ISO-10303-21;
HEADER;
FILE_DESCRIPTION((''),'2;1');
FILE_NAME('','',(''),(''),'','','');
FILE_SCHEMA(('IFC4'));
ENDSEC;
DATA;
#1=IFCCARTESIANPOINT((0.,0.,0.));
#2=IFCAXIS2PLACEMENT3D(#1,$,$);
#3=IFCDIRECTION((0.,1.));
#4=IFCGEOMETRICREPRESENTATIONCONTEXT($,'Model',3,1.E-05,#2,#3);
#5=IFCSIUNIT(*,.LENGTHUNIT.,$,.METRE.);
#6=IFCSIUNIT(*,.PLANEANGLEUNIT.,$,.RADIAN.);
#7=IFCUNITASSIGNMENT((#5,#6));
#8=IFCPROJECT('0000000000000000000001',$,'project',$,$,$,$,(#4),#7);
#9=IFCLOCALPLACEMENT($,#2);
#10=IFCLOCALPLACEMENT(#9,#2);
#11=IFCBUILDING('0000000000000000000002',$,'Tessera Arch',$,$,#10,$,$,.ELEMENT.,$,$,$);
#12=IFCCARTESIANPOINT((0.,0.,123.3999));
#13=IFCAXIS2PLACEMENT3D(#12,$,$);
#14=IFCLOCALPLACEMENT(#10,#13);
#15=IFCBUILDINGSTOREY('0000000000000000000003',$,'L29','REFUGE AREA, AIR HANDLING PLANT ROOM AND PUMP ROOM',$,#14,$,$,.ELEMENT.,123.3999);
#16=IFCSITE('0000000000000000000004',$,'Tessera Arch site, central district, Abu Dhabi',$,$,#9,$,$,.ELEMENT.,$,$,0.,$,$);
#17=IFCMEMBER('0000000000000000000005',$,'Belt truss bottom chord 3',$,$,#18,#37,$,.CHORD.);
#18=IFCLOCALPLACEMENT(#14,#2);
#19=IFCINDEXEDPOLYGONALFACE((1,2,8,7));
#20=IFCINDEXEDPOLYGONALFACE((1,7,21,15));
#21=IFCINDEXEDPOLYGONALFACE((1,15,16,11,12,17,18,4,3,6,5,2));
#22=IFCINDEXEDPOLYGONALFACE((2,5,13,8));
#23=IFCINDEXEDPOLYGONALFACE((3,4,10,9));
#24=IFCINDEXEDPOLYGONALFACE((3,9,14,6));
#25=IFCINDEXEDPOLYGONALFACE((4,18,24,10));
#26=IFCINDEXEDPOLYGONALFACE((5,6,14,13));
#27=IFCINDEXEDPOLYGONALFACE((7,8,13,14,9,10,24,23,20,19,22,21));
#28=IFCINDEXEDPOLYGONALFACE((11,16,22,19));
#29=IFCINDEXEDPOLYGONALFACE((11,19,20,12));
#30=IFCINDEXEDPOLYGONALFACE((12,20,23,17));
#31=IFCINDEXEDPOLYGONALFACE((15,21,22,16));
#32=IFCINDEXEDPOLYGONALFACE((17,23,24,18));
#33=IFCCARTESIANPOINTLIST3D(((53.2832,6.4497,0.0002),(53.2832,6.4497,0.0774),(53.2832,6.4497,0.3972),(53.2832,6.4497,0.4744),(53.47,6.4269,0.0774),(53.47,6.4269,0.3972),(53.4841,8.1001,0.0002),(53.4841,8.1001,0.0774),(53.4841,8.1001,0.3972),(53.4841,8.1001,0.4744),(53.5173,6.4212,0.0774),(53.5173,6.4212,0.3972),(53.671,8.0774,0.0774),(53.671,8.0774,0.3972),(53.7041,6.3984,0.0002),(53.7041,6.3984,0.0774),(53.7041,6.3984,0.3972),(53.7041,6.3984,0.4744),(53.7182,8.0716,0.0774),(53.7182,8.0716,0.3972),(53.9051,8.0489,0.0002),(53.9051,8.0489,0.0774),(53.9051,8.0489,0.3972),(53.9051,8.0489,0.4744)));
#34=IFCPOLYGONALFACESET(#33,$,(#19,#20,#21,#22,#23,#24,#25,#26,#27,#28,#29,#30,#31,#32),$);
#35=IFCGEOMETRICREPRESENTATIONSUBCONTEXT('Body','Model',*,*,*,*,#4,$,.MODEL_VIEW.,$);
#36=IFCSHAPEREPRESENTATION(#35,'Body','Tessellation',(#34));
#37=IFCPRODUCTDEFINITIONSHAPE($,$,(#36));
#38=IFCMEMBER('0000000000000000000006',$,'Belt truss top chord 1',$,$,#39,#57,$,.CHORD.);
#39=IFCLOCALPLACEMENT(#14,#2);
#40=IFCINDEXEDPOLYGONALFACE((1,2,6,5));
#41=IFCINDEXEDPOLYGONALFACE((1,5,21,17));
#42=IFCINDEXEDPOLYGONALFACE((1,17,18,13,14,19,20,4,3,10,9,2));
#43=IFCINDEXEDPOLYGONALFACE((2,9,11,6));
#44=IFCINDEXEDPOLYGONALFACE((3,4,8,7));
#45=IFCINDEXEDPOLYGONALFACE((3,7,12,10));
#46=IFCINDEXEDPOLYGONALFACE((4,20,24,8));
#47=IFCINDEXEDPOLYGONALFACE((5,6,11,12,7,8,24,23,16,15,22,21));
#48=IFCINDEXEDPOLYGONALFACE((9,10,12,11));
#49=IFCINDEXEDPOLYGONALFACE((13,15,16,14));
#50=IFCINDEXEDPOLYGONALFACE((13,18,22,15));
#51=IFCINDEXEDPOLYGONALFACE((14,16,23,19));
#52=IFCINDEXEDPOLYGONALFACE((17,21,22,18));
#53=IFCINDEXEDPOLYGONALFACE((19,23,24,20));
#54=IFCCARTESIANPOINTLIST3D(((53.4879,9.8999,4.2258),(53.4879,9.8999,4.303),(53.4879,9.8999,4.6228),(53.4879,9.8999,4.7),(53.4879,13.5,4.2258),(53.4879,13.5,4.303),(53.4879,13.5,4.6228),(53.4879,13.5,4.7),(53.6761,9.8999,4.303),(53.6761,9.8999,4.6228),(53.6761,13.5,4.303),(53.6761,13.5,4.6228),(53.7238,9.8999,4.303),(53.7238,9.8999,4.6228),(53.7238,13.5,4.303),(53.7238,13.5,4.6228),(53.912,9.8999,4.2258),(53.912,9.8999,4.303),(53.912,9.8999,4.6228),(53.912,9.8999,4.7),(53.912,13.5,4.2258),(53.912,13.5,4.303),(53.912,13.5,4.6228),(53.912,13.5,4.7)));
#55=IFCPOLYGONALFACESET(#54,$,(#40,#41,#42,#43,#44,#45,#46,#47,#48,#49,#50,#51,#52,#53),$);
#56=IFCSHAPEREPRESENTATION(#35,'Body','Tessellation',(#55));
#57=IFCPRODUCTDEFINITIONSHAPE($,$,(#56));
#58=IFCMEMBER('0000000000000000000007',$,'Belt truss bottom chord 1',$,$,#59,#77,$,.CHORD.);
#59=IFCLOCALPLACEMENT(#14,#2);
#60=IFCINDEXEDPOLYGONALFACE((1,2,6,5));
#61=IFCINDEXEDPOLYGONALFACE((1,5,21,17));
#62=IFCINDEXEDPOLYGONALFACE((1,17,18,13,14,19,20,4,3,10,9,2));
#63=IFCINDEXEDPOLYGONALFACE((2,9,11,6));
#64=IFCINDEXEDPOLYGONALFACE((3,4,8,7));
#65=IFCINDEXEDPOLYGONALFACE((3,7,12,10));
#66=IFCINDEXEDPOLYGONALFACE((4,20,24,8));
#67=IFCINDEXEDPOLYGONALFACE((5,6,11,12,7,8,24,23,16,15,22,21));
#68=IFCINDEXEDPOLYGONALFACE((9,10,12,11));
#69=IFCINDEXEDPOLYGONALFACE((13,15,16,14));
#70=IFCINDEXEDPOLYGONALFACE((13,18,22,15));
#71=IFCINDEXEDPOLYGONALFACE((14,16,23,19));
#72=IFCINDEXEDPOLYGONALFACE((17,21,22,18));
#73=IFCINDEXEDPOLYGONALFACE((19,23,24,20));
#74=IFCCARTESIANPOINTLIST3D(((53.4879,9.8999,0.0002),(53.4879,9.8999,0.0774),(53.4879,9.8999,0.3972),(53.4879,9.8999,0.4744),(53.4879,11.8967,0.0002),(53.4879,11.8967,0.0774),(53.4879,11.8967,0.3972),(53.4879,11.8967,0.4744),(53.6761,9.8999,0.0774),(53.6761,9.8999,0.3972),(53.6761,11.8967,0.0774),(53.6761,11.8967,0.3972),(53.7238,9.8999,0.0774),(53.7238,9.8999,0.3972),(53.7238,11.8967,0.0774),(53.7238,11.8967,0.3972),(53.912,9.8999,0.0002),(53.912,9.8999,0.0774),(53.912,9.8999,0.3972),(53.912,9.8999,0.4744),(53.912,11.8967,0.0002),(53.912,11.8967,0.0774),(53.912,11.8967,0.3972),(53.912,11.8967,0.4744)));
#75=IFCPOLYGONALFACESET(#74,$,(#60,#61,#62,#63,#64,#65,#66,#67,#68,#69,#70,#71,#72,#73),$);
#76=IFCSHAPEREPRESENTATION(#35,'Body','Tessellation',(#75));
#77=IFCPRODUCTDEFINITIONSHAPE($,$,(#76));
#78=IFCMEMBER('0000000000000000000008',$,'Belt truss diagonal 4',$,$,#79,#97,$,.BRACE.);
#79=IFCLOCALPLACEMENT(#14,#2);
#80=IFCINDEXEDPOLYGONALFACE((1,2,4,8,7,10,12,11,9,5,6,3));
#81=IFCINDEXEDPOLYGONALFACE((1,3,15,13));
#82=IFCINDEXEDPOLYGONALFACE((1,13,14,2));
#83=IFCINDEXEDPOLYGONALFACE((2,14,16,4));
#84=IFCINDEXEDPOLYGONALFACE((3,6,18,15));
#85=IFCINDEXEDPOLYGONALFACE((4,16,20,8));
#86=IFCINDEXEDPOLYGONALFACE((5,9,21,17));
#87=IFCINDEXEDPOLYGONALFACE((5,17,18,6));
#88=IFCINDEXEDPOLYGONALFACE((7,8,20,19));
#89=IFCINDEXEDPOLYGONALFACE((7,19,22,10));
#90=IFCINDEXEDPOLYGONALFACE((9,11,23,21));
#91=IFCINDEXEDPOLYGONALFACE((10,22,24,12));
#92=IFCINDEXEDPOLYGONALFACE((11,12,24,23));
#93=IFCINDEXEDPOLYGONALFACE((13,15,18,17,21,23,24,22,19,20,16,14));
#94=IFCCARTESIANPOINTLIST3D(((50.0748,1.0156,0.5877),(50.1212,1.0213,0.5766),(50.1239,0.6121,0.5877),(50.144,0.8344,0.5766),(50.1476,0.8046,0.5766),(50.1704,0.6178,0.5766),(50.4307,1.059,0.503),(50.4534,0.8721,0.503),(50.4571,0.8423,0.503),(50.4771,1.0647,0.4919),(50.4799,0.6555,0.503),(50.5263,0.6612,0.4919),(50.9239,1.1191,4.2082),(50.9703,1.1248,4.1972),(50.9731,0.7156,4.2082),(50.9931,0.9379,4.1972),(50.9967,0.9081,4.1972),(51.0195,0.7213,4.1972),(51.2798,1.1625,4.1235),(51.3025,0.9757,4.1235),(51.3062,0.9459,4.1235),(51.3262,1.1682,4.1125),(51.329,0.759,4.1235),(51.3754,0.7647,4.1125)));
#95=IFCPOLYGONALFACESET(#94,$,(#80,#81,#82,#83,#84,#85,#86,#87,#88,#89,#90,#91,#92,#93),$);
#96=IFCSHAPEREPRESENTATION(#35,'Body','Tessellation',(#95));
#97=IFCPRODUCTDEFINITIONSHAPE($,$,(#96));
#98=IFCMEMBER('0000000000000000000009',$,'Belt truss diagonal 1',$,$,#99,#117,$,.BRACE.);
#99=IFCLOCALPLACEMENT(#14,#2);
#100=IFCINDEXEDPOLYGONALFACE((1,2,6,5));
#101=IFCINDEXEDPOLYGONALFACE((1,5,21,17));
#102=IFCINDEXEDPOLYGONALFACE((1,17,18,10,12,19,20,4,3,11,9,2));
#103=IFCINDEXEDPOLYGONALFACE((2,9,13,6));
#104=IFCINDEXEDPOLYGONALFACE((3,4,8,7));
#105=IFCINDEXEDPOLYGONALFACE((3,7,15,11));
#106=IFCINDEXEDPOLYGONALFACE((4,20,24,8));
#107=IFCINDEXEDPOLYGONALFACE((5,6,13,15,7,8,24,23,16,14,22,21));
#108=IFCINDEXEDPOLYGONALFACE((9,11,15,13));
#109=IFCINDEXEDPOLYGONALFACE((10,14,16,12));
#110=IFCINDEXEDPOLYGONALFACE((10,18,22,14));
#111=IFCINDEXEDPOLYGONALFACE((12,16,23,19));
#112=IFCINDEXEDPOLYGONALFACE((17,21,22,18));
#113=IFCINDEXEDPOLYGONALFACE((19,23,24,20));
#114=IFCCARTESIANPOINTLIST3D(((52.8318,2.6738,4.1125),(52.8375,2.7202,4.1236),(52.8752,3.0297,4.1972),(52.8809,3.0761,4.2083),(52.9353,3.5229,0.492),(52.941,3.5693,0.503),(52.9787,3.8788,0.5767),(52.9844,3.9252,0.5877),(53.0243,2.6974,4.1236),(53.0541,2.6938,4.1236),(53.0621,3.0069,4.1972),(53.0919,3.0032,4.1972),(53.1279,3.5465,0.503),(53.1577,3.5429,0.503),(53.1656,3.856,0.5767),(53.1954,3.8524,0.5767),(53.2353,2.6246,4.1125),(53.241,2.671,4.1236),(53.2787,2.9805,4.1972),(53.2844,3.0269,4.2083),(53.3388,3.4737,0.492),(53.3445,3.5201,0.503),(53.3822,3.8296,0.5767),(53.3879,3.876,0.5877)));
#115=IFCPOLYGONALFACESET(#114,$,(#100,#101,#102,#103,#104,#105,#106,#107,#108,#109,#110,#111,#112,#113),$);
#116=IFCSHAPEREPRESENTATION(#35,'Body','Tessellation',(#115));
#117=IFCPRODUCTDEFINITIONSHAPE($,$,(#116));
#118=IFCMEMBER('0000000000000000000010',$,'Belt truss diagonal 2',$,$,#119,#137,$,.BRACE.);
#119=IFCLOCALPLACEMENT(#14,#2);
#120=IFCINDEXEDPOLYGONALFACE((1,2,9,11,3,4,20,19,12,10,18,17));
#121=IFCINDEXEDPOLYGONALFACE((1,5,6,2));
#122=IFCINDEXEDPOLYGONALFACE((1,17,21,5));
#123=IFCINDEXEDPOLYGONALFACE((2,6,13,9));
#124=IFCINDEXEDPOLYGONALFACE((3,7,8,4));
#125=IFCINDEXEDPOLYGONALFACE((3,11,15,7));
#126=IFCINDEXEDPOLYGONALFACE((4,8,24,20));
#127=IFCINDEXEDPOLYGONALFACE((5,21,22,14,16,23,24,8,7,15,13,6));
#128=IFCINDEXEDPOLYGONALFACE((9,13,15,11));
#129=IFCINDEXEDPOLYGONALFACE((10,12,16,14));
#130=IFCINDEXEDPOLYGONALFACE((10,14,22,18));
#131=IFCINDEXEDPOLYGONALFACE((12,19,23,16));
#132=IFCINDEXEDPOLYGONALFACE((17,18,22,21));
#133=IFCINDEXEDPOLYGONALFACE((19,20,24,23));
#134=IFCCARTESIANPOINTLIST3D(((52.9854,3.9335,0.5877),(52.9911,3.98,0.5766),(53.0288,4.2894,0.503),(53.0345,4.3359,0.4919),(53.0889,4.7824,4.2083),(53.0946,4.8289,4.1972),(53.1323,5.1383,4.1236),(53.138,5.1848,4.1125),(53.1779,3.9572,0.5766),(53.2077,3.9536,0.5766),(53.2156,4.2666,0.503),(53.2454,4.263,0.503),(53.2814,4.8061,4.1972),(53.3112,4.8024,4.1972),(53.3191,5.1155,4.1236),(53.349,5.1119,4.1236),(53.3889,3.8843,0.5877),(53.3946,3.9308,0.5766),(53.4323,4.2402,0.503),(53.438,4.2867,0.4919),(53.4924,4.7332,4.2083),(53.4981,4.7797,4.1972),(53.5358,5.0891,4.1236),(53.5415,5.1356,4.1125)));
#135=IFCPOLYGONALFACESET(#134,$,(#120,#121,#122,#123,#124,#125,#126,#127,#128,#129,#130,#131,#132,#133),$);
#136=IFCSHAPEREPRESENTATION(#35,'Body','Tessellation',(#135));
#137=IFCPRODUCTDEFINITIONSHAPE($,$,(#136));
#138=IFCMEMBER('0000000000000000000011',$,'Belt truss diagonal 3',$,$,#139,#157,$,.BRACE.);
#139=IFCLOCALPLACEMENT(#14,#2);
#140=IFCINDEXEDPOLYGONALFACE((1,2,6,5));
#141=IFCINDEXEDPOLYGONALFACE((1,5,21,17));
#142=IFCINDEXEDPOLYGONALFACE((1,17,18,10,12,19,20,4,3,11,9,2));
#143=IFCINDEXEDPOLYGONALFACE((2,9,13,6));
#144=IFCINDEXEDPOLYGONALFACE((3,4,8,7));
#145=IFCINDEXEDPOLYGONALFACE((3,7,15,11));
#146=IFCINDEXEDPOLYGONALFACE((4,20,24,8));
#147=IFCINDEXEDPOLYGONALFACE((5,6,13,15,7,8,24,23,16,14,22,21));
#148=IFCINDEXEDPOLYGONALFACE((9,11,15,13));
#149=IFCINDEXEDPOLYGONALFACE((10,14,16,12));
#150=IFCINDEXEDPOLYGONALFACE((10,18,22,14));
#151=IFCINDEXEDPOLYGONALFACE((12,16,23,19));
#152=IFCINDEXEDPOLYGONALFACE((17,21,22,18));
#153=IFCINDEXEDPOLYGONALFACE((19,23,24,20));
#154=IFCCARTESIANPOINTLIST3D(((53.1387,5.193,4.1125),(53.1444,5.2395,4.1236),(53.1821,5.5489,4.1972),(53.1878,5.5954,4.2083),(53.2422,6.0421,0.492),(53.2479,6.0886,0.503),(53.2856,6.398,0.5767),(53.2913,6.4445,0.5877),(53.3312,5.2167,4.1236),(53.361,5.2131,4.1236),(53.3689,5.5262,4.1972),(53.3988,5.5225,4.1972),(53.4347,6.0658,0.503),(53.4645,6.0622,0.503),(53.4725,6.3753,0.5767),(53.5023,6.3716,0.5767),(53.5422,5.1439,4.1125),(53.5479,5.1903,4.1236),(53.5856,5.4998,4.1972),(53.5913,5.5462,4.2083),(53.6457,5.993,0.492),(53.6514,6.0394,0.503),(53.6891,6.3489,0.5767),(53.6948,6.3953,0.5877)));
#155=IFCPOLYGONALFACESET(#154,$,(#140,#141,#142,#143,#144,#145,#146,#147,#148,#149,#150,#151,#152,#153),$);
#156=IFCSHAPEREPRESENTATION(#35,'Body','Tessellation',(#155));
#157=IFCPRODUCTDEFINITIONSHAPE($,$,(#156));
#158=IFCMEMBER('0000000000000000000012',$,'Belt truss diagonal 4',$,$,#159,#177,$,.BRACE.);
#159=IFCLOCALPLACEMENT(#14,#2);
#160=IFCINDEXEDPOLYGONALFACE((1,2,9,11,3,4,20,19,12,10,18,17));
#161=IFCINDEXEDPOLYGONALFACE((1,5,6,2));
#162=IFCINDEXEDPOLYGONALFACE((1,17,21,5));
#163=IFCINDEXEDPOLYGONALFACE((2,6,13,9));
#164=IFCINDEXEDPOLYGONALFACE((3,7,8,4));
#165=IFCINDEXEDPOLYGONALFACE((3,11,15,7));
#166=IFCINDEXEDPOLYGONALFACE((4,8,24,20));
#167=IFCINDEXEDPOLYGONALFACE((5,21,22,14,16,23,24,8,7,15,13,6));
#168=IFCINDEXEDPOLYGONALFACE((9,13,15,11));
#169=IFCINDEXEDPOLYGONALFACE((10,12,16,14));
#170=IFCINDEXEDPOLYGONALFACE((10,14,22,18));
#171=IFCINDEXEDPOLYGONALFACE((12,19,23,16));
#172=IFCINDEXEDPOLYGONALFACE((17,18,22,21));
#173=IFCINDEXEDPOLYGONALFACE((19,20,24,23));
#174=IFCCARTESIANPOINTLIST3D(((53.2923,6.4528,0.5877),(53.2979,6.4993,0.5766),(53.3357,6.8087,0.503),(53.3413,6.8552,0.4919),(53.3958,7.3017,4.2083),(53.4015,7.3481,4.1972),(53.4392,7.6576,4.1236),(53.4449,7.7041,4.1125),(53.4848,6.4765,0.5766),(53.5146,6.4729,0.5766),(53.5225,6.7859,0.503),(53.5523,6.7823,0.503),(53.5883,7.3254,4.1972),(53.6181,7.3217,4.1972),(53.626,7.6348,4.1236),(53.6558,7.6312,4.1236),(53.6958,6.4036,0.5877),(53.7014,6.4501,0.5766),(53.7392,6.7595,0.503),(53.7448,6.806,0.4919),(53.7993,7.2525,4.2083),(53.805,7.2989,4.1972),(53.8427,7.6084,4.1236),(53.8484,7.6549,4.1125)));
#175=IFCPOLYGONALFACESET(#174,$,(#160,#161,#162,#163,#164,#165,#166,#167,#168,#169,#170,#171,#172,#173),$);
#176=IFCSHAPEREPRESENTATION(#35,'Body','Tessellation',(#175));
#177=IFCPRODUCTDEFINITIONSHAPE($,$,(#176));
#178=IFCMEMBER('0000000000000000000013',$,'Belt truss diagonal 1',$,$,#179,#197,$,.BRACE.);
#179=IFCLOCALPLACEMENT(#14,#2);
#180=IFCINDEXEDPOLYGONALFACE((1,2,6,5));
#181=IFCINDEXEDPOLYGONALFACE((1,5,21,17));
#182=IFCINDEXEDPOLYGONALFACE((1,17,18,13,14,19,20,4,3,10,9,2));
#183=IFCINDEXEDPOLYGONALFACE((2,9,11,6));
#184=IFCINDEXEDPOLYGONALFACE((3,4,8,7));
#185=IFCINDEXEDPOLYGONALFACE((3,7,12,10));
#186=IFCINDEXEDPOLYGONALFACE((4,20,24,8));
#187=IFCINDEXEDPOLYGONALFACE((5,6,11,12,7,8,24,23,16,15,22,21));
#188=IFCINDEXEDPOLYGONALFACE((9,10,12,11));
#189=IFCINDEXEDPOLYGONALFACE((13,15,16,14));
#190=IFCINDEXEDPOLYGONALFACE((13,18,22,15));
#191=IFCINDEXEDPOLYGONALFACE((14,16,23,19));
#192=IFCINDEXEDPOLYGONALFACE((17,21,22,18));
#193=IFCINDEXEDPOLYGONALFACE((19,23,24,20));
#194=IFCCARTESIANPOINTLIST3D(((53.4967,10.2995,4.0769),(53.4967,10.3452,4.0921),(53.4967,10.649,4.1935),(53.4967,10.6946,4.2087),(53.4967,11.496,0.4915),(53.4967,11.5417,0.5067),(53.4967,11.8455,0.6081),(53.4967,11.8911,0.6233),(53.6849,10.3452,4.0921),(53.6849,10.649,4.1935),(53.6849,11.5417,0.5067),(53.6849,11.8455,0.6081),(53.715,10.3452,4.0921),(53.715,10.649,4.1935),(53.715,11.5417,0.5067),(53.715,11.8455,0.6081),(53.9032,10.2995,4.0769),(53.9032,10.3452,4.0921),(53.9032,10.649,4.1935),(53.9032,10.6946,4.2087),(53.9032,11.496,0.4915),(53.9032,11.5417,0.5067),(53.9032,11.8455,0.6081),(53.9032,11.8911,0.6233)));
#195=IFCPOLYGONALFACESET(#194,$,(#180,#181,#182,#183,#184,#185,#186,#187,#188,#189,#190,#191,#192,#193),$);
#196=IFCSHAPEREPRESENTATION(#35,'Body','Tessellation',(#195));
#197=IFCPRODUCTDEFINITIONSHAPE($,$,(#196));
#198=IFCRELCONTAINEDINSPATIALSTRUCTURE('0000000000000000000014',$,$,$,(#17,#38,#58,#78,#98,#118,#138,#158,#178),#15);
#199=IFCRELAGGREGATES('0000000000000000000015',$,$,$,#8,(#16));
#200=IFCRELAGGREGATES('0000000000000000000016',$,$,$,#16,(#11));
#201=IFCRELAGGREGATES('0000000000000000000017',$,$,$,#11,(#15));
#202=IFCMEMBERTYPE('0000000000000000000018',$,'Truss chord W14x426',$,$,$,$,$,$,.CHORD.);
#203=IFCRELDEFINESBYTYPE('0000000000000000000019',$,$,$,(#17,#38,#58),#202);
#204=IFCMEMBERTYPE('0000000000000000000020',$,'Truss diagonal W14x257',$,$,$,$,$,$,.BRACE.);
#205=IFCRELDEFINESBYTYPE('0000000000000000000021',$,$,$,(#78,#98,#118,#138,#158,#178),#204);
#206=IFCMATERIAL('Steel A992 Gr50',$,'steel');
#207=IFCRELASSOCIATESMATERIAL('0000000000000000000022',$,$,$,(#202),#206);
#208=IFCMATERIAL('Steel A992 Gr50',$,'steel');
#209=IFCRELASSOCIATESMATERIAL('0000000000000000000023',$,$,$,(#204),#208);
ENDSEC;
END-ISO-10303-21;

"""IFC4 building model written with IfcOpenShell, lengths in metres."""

from ifc_helpers import new_model, si_unit, direction, frame, origin, origin_2d, place, context, subcontext, project, spatial, i_section, extrude, material, material_profile, profile_set, type_object, element, save


model = new_model("IFC4")

# Units and contexts
model_context = context("Model", 3, precision=1e-05, world=origin(), true_north=direction((0.0, 1.0)))
body_context = subcontext(model_context, "Body", "Model", "MODEL_VIEW")
ifc_project = project(units=[si_unit("LENGTHUNIT", "METRE"), si_unit("PLANEANGLEUNIT", "RADIAN")], contexts=[model_context])

# Site, building, storey
site_placement = place(None, origin())
site = spatial("IfcSite", under=ifc_project, at=site_placement, Name="Tessera Arch site, central district, Abu Dhabi", CompositionType="ELEMENT", RefElevation=0.0)
building_placement = place(site_placement, origin())
building = spatial("IfcBuilding", under=site, at=building_placement, Name="Tessera Arch", CompositionType="ELEMENT")
storey_placement = place(building_placement, frame((0.0, 0.0, 123.3999)))
storey = spatial("IfcBuildingStorey", under=building, at=storey_placement, Name="L29", Description="REFUGE AREA, AIR HANDLING PLANT ROOM AND PUMP ROOM", CompositionType="ELEMENT", Elevation=123.3999)

# Members
ifc_material_1 = material(Name="Steel A992 Gr50", Category="steel")
ifc_material_profile_1 = material_profile(ifc_material_1, i_section(OverallWidth=0.4241, OverallDepth=0.4741, WebThickness=0.0476, FlangeThickness=0.0771, at=origin_2d()), Name="W14x426")
ifc_profile_set_1 = profile_set([ifc_material_profile_1], Name="Steel A992 Gr50")
member_type_1 = type_object("IfcMemberType", Name="Truss chord W14x426", PredefinedType="CHORD", material=ifc_profile_set_1)
member_1_placement = place(storey_placement, frame((53.4937, 6.4241, 0.2373), z_axis=(0.120853, 0.99267, 0.0), x_axis=(-0.99267, 0.120853, 0.0)))
element("IfcMember", 1, at=member_1_placement, inside=storey, type_object=member_type_1, Name="Belt truss bottom chord 3", PredefinedType="CHORD", context=body_context, shape_type="SweptSolid", body=[
    extrude(i_section(OverallWidth=0.4241, OverallDepth=0.4741, WebThickness=0.0476, FlangeThickness=0.0771, at=origin_2d()), origin(), (0.0, 0.0, 1.0), 1.6626),
])
member_2_placement = place(storey_placement, frame((53.7, 9.8999, 4.4629), z_axis=(0.0, 1.0, 0.0), x_axis=(-1.0, 0.0, 0.0)))
element("IfcMember", 2, at=member_2_placement, inside=storey, type_object=member_type_1, Name="Belt truss top chord 1", PredefinedType="CHORD", context=body_context, shape_type="SweptSolid", body=[
    extrude(i_section(OverallWidth=0.4241, OverallDepth=0.4741, WebThickness=0.0476, FlangeThickness=0.0771, at=origin_2d()), origin(), (0.0, 0.0, 1.0), 3.6001),
])
member_3_placement = place(storey_placement, frame((53.7, 9.8999, 0.2373), z_axis=(0.0, 1.0, 0.0), x_axis=(-1.0, 0.0, 0.0)))
element("IfcMember", 3, at=member_3_placement, inside=storey, type_object=member_type_1, Name="Belt truss bottom chord 1", PredefinedType="CHORD", context=body_context, shape_type="SweptSolid", body=[
    extrude(i_section(OverallWidth=0.4241, OverallDepth=0.4741, WebThickness=0.0476, FlangeThickness=0.0771, at=origin_2d()), origin(), (0.0, 0.0, 1.0), 1.9968),
])
ifc_material_2 = material(Name="Steel A992 Gr50", Category="steel")
ifc_material_profile_2 = material_profile(ifc_material_2, i_section(OverallWidth=0.4065, OverallDepth=0.4165, WebThickness=0.03, FlangeThickness=0.0481, at=origin_2d()), Name="W14x257")
ifc_profile_set_2 = profile_set([ifc_material_profile_2], Name="Steel A992 Gr50")
member_type_2 = type_object("IfcMemberType", Name="Truss diagonal W14x257", PredefinedType="BRACE", material=ifc_profile_set_2)
for number, where, z_axis, x_axis, name in (
    (4, (50.3005, 0.8384, 0.5398), (0.228241, 0.027825, 0.973207), (-0.121013, 0.992651, 0.0), "Belt truss diagonal 4"),
    (5, (53.0581, 2.8503, 4.1604), (0.027825, 0.228241, -0.973207), (-0.992651, 0.121013, 0.0), "Belt truss diagonal 1"),
    (6, (53.2117, 4.1101, 0.5398), (0.027825, 0.228179, 0.973222), (-0.992647, 0.121048, 0.0), "Belt truss diagonal 2"),
    (7, (53.365, 5.3696, 4.1604), (0.027825, 0.228241, -0.973207), (-0.992651, 0.121013, 0.0), "Belt truss diagonal 3"),
    (8, (53.5186, 6.6294, 0.5398), (0.027825, 0.228179, 0.973222), (-0.992647, 0.121048, 0.0), "Belt truss diagonal 4"),
):
    element("IfcMember", number, at=place(storey_placement, frame(where, z_axis=z_axis, x_axis=x_axis)), inside=storey, type_object=member_type_2, Name=name, PredefinedType="BRACE", context=body_context, shape_type="SweptSolid", body=[
        extrude(i_section(OverallWidth=0.4065, OverallDepth=0.4165, WebThickness=0.03, FlangeThickness=0.0481, at=origin_2d()), origin(), (0.0, 0.0, 1.0), 3.7202),
    ])
member_4_placement = place(storey_placement, frame((53.7, 10.4971, 4.1428), z_axis=(0.0, 0.316557, -0.948573), x_axis=(-1.0, 0.0, 0.0)))
element("IfcMember", 9, at=member_4_placement, inside=storey, type_object=member_type_2, Name="Belt truss diagonal 1", PredefinedType="BRACE", context=body_context, shape_type="SweptSolid", body=[
    extrude(i_section(OverallWidth=0.4065, OverallDepth=0.4165, WebThickness=0.03, FlangeThickness=0.0481, at=origin_2d()), origin(), (0.0, 0.0, 1.0), 3.7798),
])

save(model, "model.ifc")
